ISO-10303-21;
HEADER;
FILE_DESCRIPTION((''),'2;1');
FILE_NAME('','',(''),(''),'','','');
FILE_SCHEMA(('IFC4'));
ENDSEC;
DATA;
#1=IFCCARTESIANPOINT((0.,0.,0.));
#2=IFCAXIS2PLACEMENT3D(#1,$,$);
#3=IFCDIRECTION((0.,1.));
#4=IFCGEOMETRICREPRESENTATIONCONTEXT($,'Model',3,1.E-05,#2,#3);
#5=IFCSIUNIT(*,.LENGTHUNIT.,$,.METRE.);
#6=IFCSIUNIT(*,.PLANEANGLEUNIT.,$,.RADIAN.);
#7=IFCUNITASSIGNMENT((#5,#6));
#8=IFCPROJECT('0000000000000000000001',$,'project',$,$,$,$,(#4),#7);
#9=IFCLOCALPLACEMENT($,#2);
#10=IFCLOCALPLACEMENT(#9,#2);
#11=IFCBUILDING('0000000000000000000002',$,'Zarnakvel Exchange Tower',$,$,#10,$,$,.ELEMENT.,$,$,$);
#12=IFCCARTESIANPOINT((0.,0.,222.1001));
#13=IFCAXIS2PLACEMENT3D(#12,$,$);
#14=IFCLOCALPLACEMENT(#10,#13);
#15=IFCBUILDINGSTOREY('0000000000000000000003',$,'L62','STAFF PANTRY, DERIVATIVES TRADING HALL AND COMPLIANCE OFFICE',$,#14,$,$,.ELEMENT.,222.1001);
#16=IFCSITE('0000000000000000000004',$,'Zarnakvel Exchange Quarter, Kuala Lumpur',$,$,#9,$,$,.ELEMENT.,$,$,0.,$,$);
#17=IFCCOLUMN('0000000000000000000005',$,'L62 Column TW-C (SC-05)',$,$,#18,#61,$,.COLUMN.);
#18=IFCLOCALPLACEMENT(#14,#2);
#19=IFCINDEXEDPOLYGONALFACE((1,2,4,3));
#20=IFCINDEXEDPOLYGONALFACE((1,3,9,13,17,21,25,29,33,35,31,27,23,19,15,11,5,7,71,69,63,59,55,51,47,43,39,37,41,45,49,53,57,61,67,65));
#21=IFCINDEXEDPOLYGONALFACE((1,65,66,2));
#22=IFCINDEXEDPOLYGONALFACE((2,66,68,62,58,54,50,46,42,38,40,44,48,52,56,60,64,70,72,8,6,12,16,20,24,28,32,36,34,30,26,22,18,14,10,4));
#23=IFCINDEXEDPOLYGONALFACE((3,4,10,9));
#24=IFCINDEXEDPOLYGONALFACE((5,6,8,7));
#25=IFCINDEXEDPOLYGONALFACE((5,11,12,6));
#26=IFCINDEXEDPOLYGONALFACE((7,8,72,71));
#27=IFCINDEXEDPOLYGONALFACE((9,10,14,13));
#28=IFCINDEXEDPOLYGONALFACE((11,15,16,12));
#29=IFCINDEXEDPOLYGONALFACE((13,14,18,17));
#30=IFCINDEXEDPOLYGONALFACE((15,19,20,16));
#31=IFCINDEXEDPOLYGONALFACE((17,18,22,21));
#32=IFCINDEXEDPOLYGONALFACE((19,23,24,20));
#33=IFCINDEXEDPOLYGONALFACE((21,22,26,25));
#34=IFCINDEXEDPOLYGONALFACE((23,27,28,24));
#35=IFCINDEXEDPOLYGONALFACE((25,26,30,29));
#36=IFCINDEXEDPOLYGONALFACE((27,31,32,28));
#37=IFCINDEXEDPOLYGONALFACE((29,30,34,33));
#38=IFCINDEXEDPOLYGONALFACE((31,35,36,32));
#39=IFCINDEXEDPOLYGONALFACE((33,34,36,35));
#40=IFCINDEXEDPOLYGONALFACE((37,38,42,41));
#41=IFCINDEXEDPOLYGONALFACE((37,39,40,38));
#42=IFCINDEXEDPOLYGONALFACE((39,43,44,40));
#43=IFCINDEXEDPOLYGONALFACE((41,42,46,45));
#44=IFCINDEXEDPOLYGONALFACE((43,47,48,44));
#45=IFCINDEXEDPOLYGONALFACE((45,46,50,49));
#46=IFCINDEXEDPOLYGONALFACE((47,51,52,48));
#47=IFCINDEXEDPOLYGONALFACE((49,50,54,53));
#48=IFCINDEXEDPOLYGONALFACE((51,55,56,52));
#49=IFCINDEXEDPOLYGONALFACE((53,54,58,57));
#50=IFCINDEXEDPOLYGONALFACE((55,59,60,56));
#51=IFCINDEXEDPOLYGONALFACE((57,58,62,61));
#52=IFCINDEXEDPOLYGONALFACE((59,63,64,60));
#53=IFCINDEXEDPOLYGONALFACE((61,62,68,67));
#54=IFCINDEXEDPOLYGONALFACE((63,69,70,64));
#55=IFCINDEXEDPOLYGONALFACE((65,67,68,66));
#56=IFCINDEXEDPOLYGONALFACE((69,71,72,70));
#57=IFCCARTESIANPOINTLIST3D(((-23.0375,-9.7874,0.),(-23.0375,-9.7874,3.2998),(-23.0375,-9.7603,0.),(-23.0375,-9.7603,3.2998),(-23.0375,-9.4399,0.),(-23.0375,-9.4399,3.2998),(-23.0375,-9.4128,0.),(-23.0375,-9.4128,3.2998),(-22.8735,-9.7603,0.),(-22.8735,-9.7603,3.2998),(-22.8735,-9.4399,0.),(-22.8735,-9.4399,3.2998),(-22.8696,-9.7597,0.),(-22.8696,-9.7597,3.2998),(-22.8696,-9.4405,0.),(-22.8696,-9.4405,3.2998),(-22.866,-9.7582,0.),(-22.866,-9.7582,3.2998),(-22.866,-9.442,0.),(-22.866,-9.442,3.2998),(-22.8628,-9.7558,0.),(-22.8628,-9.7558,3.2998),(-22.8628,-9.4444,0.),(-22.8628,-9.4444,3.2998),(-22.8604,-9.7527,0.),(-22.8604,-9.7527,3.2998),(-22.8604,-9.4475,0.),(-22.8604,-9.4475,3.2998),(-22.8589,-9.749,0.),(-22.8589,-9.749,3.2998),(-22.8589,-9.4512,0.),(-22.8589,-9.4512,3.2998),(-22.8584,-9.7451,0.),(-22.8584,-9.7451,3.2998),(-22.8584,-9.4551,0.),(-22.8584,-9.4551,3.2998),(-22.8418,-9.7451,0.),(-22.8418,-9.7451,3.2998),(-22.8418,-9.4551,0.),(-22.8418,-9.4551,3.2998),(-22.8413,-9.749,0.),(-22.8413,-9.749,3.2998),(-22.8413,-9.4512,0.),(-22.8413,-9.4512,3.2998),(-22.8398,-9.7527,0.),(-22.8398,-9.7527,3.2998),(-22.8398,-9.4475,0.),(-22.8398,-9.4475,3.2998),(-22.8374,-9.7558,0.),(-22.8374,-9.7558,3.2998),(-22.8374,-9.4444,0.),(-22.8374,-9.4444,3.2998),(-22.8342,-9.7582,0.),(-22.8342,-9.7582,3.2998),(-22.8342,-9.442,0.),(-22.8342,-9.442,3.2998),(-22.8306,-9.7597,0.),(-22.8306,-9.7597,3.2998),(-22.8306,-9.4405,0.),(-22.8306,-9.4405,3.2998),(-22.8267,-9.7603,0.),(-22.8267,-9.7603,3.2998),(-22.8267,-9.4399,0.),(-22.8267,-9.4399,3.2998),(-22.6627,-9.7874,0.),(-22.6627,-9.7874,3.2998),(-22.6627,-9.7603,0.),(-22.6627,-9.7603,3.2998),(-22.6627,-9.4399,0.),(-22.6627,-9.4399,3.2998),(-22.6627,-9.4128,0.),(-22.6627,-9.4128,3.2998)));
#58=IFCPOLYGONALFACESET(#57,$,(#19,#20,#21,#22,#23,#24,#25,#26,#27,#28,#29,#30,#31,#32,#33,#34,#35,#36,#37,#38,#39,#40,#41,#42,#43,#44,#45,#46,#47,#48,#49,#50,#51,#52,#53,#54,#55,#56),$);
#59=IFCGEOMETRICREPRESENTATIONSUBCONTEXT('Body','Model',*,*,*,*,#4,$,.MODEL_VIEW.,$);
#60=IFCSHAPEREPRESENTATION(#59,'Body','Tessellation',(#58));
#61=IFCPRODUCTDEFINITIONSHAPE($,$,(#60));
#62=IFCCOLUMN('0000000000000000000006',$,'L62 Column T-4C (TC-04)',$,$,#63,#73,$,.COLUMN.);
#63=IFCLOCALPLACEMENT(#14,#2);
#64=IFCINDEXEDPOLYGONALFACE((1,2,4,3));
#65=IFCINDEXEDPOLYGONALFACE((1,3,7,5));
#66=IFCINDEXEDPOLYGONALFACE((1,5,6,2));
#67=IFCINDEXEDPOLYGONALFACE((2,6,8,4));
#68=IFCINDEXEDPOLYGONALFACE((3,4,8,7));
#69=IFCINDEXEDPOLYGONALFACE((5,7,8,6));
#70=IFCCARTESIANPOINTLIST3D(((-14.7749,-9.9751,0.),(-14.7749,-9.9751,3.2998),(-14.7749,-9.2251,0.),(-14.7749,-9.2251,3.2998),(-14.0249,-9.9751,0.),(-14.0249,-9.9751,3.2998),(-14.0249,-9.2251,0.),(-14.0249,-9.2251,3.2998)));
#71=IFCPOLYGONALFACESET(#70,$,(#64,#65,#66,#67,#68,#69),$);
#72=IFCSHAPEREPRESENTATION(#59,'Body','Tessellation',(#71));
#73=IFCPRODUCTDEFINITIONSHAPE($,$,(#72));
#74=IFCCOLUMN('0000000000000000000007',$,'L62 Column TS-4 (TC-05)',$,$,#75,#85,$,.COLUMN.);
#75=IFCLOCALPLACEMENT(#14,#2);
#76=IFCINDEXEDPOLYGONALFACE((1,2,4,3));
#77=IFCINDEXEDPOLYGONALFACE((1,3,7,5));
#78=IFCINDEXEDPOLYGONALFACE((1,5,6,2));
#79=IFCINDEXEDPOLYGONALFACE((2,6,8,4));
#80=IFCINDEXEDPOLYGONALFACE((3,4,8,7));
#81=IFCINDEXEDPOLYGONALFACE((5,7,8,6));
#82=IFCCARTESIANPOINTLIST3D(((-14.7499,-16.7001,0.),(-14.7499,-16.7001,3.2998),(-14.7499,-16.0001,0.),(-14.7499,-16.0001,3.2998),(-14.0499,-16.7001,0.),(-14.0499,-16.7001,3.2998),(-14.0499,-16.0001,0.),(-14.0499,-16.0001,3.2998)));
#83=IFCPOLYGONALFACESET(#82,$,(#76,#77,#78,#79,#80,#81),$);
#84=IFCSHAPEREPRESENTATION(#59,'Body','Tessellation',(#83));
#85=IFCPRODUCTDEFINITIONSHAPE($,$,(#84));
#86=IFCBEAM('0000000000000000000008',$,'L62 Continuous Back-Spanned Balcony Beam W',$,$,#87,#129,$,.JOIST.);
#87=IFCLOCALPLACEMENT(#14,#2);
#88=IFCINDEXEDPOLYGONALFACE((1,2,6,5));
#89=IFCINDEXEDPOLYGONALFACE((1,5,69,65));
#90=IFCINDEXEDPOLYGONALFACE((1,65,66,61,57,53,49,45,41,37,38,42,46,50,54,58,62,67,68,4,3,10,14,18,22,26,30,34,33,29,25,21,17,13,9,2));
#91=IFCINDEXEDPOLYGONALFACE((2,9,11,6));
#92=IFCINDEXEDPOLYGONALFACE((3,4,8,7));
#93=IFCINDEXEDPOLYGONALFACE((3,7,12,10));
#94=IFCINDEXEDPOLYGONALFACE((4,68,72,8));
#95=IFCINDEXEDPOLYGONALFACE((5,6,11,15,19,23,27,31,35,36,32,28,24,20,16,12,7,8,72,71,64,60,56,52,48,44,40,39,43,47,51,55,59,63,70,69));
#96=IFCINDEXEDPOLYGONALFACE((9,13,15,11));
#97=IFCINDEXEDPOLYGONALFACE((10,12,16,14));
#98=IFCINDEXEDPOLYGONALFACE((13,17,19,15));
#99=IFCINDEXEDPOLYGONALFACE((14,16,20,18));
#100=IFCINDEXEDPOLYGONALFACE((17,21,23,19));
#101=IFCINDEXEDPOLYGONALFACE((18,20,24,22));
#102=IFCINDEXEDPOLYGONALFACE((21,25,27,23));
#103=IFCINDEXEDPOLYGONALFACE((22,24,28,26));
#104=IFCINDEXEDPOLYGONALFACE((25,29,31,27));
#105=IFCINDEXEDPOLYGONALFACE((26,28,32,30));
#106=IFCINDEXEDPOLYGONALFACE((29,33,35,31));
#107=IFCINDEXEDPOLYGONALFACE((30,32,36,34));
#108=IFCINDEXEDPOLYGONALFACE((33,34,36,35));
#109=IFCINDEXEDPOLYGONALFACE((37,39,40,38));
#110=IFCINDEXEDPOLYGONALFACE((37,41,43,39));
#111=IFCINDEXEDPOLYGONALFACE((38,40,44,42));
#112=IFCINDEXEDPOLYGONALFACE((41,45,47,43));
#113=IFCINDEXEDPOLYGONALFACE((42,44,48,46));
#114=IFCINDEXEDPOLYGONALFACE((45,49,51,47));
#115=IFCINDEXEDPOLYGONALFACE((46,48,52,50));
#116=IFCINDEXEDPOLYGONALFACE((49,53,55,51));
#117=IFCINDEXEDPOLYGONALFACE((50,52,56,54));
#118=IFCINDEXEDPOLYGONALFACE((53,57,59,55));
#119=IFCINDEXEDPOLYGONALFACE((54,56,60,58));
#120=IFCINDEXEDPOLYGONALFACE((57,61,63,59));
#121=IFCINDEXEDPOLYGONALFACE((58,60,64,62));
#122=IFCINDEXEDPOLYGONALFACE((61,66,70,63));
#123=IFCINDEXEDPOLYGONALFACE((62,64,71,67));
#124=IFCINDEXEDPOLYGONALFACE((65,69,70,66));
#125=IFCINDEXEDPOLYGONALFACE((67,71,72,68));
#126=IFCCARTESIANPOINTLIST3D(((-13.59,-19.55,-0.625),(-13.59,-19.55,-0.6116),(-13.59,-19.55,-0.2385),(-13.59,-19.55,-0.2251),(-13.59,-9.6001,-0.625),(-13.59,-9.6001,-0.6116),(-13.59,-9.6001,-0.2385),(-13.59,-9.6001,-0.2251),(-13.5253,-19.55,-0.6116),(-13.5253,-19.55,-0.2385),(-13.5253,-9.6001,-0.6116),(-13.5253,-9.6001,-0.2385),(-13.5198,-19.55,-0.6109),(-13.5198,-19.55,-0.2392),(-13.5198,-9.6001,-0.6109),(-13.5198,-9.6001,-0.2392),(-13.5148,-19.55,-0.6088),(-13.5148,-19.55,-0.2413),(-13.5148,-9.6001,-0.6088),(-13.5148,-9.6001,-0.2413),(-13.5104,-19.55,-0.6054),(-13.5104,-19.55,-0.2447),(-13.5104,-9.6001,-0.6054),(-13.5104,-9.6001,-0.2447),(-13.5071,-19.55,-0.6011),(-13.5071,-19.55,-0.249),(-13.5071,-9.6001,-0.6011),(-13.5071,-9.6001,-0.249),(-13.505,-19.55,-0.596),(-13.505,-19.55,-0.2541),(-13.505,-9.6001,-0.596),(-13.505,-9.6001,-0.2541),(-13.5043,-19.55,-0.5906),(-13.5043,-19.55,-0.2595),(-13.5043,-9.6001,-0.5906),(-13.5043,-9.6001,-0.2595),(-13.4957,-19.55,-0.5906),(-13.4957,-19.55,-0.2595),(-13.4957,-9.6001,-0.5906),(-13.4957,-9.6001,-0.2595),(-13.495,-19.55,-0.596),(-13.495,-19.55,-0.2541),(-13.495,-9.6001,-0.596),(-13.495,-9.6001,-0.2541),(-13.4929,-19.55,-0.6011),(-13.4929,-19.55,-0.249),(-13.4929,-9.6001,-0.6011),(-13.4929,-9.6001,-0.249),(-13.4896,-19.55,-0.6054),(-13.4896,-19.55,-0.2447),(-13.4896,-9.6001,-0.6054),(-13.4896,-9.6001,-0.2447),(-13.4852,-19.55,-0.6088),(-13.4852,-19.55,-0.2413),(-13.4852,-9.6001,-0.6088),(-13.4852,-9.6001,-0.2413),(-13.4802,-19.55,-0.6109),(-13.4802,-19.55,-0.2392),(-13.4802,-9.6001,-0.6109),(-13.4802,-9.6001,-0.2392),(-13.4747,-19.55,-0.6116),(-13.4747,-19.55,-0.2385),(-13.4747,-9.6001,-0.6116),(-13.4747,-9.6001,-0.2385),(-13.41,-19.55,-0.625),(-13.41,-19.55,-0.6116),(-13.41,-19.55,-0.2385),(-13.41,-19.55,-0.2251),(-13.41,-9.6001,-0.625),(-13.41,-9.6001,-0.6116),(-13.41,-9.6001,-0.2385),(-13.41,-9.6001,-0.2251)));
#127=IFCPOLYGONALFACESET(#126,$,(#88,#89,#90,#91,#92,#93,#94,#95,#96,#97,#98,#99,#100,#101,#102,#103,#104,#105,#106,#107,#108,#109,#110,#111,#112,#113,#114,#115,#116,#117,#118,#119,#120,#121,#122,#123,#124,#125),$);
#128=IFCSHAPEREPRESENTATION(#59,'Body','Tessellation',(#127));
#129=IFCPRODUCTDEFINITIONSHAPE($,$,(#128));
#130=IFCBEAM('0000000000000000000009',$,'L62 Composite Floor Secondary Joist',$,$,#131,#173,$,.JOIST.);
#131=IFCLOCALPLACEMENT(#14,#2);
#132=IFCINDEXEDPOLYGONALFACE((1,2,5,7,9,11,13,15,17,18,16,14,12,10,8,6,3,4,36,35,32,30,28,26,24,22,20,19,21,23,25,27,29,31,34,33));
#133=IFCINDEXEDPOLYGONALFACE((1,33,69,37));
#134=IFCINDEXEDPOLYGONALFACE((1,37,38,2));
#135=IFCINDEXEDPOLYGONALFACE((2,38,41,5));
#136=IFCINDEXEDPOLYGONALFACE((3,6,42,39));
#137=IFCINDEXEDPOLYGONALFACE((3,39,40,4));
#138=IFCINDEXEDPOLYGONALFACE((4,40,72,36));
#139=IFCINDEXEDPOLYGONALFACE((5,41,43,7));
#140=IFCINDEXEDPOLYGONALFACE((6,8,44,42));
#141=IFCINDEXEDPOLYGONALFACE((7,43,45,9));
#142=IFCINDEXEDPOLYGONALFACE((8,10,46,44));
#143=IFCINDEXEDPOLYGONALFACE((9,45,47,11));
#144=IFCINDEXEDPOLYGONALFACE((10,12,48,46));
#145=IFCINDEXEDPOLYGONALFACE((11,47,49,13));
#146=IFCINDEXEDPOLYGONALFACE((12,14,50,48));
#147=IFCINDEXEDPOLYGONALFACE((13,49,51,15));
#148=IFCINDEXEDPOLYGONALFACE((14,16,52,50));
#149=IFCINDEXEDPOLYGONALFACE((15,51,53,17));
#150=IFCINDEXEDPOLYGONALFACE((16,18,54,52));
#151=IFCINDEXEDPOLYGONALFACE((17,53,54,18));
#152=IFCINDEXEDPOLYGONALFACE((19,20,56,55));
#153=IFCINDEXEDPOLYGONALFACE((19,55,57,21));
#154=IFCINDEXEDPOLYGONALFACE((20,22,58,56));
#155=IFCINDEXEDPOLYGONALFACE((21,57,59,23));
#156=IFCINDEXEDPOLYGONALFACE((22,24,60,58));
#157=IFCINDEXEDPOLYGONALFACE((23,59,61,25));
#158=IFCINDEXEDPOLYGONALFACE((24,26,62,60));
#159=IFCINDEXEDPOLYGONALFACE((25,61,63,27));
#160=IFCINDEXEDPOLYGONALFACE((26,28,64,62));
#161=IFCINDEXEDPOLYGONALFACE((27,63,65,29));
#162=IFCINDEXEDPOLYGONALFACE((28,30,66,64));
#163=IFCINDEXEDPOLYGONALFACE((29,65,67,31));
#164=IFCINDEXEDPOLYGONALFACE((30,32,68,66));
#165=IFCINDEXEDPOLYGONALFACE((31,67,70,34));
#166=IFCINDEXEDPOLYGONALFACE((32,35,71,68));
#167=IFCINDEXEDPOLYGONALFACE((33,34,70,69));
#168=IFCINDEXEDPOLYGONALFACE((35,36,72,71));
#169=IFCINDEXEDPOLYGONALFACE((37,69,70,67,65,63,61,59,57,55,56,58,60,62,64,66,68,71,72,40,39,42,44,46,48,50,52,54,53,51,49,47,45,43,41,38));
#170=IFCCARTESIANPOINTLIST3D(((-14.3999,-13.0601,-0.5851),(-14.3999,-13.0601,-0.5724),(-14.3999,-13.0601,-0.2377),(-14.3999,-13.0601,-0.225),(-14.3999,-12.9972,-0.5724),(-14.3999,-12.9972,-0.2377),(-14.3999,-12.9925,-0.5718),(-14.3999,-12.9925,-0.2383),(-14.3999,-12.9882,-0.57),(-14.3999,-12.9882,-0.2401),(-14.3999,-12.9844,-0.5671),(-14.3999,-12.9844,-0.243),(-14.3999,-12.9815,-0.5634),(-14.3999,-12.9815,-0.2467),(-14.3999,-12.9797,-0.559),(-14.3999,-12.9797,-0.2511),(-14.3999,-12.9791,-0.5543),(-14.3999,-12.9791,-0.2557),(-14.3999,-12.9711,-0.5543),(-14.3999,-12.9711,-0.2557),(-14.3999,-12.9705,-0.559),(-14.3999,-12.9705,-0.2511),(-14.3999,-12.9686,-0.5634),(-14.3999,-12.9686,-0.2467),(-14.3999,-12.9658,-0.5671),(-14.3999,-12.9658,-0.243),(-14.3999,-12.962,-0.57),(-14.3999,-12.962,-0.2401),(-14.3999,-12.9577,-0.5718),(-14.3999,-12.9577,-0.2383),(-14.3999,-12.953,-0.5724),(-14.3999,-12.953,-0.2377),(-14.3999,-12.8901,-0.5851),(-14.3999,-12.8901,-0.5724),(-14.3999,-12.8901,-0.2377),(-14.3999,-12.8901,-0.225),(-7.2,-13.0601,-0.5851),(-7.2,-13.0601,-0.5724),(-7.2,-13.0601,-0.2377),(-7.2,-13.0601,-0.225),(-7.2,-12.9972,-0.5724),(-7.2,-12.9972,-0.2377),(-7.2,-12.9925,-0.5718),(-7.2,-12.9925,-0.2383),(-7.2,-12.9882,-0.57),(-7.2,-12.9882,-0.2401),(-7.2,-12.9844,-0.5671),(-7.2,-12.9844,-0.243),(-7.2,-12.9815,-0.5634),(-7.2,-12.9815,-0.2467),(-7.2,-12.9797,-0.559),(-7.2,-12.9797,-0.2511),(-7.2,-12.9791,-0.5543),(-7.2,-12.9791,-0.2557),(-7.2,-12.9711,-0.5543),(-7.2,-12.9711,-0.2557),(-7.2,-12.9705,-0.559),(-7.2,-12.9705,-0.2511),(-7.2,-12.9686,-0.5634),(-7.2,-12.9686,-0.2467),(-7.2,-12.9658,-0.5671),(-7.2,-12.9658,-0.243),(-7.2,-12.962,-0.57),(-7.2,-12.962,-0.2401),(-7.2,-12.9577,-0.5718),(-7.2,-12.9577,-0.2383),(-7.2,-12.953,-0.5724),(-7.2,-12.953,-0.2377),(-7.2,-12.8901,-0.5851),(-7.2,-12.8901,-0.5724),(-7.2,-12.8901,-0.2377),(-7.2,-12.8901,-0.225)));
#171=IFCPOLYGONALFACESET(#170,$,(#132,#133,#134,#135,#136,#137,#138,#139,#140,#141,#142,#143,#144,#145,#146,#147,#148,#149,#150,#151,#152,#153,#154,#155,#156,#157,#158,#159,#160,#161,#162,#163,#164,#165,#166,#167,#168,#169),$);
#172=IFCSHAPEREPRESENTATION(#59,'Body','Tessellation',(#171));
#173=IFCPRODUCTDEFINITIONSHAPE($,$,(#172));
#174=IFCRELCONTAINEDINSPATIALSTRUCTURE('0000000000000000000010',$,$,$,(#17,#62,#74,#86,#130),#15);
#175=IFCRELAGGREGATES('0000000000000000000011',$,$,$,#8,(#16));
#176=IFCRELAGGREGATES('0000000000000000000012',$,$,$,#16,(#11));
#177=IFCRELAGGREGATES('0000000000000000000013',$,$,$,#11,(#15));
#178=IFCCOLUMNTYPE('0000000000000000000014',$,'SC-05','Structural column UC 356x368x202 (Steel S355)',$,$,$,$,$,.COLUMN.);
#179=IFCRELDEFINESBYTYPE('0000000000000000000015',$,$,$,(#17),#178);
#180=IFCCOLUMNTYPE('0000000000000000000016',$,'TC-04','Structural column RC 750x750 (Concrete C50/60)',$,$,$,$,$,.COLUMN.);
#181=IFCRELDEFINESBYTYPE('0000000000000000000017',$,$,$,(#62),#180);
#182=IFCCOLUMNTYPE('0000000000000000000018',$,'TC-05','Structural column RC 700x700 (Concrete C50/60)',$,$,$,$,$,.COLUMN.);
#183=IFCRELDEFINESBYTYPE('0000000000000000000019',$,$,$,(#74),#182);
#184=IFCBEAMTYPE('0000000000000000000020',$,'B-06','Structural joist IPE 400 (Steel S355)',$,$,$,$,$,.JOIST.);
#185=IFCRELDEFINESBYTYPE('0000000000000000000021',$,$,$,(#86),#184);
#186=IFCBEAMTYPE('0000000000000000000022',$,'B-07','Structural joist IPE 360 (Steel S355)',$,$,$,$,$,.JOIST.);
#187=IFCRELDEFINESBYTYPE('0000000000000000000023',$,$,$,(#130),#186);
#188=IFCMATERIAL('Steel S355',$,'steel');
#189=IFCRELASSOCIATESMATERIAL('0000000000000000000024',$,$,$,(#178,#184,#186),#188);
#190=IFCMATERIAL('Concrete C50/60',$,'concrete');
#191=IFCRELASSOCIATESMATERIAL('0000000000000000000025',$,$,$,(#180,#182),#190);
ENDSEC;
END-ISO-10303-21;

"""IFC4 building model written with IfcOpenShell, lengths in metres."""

from ifc_helpers import new_model, si_unit, direction, frame, origin, origin_2d, place, context, subcontext, project, spatial, rectangle, i_section, extrude, material, material_profile, profile_set, type_object, element, save


model = new_model("IFC4")

# Units and contexts
model_context = context("Model", 3, precision=1e-05, world=origin(), true_north=direction((0.0, 1.0)))
body_context = subcontext(model_context, "Body", "Model", "MODEL_VIEW")
ifc_project = project(units=[si_unit("LENGTHUNIT", "METRE"), si_unit("PLANEANGLEUNIT", "RADIAN")], contexts=[model_context])

# Site, building, storey
site_placement = place(None, origin())
site = spatial("IfcSite", under=ifc_project, at=site_placement, Name="Zarnakvel Exchange Quarter, Kuala Lumpur", CompositionType="ELEMENT", RefElevation=0.0)
building_placement = place(site_placement, origin())
building = spatial("IfcBuilding", under=site, at=building_placement, Name="Zarnakvel Exchange Tower", CompositionType="ELEMENT")
storey_placement = place(building_placement, frame((0.0, 0.0, 222.1001)))
storey = spatial("IfcBuildingStorey", under=building, at=storey_placement, Name="L62", Description="STAFF PANTRY, DERIVATIVES TRADING HALL AND COMPLIANCE OFFICE", CompositionType="ELEMENT", Elevation=222.1001)

# Columns
ifc_material_1 = material(Name="Steel S355", Category="steel")
ifc_material_profile_1 = material_profile(ifc_material_1, i_section(OverallWidth=0.3748, OverallDepth=0.3745, WebThickness=0.0166, FlangeThickness=0.0271, FilletRadius=0.0151, at=origin_2d()))
ifc_profile_set_1 = profile_set([ifc_material_profile_1], Name="Steel S355")
column_type_1 = type_object("IfcColumnType", Name="SC-05", Description="Structural column UC 356x368x202 (Steel S355)", PredefinedType="COLUMN", material=ifc_profile_set_1)
column_1_placement = place(storey_placement, frame((-22.8501, -9.6001, 0.0), z_axis=(0.0, 0.0, 1.0), x_axis=(1.0, 0.0, 0.0)))
element("IfcColumn", 1, at=column_1_placement, inside=storey, type_object=column_type_1, Name="L62 Column TW-C (SC-05)", PredefinedType="COLUMN", context=body_context, shape_type="SweptSolid", body=[
    extrude(i_section(OverallWidth=0.3748, OverallDepth=0.3745, WebThickness=0.0166, FlangeThickness=0.0271, FilletRadius=0.0151, at=origin_2d()), origin(), (0.0, 0.0, 1.0), 3.2998),
])
ifc_material_2 = material(Name="Concrete C50/60", Category="concrete")
ifc_material_profile_2 = material_profile(ifc_material_2, rectangle(XDim=0.75, YDim=0.75, at=origin_2d()))
ifc_profile_set_2 = profile_set([ifc_material_profile_2], Name="Concrete C50/60")
column_type_2 = type_object("IfcColumnType", Name="TC-04", Description="Structural column RC 750x750 (Concrete C50/60)", PredefinedType="COLUMN", material=ifc_profile_set_2)
column_2_placement = place(storey_placement, frame((-14.3999, -9.6001, 0.0), z_axis=(0.0, 0.0, 1.0), x_axis=(1.0, 0.0, 0.0)))
element("IfcColumn", 2, at=column_2_placement, inside=storey, type_object=column_type_2, Name="L62 Column T-4C (TC-04)", PredefinedType="COLUMN", context=body_context, shape_type="SweptSolid", body=[
    extrude(rectangle(XDim=0.75, YDim=0.75, at=origin_2d()), origin(), (0.0, 0.0, 1.0), 3.2998),
])
ifc_material_profile_3 = material_profile(ifc_material_2, rectangle(XDim=0.7, YDim=0.7, at=origin_2d()))
ifc_profile_set_3 = profile_set([ifc_material_profile_3], Name="Concrete C50/60")
column_type_3 = type_object("IfcColumnType", Name="TC-05", Description="Structural column RC 700x700 (Concrete C50/60)", PredefinedType="COLUMN", material=ifc_profile_set_3)
column_3_placement = place(storey_placement, frame((-14.3999, -16.3501, 0.0), z_axis=(0.0, 0.0, 1.0), x_axis=(1.0, 0.0, 0.0)))
element("IfcColumn", 3, at=column_3_placement, inside=storey, type_object=column_type_3, Name="L62 Column TS-4 (TC-05)", PredefinedType="COLUMN", context=body_context, shape_type="SweptSolid", body=[
    extrude(rectangle(XDim=0.7, YDim=0.7, at=origin_2d()), origin(), (0.0, 0.0, 1.0), 3.2998),
])

# Beams
ifc_material_profile_4 = material_profile(ifc_material_1, i_section(OverallWidth=0.1799, OverallDepth=0.3999, WebThickness=0.0085, FlangeThickness=0.0134, FilletRadius=0.021, at=origin_2d()))
ifc_profile_set_4 = profile_set([ifc_material_profile_4], Name="Steel S355")
beam_type_1 = type_object("IfcBeamType", Name="B-06", Description="Structural joist IPE 400 (Steel S355)", PredefinedType="JOIST", material=ifc_profile_set_4)
beam_1_placement = place(storey_placement, frame((-13.5, -9.6001, -0.425), z_axis=(0.0, -1.0, 0.0), x_axis=(1.0, 0.0, 0.0)))
element("IfcBeam", 4, at=beam_1_placement, inside=storey, type_object=beam_type_1, Name="L62 Continuous Back-Spanned Balcony Beam W", PredefinedType="JOIST", context=body_context, shape_type="SweptSolid", body=[
    extrude(i_section(OverallWidth=0.1799, OverallDepth=0.3999, WebThickness=0.0085, FlangeThickness=0.0134, FilletRadius=0.021, at=origin_2d()), origin(), (0.0, 0.0, 1.0), 9.95),
])
ifc_material_profile_5 = material_profile(ifc_material_1, i_section(OverallWidth=0.1699, OverallDepth=0.3601, WebThickness=0.0081, FlangeThickness=0.0127, FilletRadius=0.0181, at=origin_2d()))
ifc_profile_set_5 = profile_set([ifc_material_profile_5], Name="Steel S355")
beam_type_2 = type_object("IfcBeamType", Name="B-07", Description="Structural joist IPE 360 (Steel S355)", PredefinedType="JOIST", material=ifc_profile_set_5)
beam_2_placement = place(storey_placement, frame((-14.3999, -12.9751, -0.405), z_axis=(1.0, 0.0, 0.0), x_axis=(0.0, 1.0, 0.0)))
element("IfcBeam", 5, at=beam_2_placement, inside=storey, type_object=beam_type_2, Name="L62 Composite Floor Secondary Joist", PredefinedType="JOIST", context=body_context, shape_type="SweptSolid", body=[
    extrude(i_section(OverallWidth=0.1699, OverallDepth=0.3601, WebThickness=0.0081, FlangeThickness=0.0127, FilletRadius=0.0181, at=origin_2d()), origin(), (0.0, 0.0, 1.0), 7.2),
])

save(model, "model.ifc")
